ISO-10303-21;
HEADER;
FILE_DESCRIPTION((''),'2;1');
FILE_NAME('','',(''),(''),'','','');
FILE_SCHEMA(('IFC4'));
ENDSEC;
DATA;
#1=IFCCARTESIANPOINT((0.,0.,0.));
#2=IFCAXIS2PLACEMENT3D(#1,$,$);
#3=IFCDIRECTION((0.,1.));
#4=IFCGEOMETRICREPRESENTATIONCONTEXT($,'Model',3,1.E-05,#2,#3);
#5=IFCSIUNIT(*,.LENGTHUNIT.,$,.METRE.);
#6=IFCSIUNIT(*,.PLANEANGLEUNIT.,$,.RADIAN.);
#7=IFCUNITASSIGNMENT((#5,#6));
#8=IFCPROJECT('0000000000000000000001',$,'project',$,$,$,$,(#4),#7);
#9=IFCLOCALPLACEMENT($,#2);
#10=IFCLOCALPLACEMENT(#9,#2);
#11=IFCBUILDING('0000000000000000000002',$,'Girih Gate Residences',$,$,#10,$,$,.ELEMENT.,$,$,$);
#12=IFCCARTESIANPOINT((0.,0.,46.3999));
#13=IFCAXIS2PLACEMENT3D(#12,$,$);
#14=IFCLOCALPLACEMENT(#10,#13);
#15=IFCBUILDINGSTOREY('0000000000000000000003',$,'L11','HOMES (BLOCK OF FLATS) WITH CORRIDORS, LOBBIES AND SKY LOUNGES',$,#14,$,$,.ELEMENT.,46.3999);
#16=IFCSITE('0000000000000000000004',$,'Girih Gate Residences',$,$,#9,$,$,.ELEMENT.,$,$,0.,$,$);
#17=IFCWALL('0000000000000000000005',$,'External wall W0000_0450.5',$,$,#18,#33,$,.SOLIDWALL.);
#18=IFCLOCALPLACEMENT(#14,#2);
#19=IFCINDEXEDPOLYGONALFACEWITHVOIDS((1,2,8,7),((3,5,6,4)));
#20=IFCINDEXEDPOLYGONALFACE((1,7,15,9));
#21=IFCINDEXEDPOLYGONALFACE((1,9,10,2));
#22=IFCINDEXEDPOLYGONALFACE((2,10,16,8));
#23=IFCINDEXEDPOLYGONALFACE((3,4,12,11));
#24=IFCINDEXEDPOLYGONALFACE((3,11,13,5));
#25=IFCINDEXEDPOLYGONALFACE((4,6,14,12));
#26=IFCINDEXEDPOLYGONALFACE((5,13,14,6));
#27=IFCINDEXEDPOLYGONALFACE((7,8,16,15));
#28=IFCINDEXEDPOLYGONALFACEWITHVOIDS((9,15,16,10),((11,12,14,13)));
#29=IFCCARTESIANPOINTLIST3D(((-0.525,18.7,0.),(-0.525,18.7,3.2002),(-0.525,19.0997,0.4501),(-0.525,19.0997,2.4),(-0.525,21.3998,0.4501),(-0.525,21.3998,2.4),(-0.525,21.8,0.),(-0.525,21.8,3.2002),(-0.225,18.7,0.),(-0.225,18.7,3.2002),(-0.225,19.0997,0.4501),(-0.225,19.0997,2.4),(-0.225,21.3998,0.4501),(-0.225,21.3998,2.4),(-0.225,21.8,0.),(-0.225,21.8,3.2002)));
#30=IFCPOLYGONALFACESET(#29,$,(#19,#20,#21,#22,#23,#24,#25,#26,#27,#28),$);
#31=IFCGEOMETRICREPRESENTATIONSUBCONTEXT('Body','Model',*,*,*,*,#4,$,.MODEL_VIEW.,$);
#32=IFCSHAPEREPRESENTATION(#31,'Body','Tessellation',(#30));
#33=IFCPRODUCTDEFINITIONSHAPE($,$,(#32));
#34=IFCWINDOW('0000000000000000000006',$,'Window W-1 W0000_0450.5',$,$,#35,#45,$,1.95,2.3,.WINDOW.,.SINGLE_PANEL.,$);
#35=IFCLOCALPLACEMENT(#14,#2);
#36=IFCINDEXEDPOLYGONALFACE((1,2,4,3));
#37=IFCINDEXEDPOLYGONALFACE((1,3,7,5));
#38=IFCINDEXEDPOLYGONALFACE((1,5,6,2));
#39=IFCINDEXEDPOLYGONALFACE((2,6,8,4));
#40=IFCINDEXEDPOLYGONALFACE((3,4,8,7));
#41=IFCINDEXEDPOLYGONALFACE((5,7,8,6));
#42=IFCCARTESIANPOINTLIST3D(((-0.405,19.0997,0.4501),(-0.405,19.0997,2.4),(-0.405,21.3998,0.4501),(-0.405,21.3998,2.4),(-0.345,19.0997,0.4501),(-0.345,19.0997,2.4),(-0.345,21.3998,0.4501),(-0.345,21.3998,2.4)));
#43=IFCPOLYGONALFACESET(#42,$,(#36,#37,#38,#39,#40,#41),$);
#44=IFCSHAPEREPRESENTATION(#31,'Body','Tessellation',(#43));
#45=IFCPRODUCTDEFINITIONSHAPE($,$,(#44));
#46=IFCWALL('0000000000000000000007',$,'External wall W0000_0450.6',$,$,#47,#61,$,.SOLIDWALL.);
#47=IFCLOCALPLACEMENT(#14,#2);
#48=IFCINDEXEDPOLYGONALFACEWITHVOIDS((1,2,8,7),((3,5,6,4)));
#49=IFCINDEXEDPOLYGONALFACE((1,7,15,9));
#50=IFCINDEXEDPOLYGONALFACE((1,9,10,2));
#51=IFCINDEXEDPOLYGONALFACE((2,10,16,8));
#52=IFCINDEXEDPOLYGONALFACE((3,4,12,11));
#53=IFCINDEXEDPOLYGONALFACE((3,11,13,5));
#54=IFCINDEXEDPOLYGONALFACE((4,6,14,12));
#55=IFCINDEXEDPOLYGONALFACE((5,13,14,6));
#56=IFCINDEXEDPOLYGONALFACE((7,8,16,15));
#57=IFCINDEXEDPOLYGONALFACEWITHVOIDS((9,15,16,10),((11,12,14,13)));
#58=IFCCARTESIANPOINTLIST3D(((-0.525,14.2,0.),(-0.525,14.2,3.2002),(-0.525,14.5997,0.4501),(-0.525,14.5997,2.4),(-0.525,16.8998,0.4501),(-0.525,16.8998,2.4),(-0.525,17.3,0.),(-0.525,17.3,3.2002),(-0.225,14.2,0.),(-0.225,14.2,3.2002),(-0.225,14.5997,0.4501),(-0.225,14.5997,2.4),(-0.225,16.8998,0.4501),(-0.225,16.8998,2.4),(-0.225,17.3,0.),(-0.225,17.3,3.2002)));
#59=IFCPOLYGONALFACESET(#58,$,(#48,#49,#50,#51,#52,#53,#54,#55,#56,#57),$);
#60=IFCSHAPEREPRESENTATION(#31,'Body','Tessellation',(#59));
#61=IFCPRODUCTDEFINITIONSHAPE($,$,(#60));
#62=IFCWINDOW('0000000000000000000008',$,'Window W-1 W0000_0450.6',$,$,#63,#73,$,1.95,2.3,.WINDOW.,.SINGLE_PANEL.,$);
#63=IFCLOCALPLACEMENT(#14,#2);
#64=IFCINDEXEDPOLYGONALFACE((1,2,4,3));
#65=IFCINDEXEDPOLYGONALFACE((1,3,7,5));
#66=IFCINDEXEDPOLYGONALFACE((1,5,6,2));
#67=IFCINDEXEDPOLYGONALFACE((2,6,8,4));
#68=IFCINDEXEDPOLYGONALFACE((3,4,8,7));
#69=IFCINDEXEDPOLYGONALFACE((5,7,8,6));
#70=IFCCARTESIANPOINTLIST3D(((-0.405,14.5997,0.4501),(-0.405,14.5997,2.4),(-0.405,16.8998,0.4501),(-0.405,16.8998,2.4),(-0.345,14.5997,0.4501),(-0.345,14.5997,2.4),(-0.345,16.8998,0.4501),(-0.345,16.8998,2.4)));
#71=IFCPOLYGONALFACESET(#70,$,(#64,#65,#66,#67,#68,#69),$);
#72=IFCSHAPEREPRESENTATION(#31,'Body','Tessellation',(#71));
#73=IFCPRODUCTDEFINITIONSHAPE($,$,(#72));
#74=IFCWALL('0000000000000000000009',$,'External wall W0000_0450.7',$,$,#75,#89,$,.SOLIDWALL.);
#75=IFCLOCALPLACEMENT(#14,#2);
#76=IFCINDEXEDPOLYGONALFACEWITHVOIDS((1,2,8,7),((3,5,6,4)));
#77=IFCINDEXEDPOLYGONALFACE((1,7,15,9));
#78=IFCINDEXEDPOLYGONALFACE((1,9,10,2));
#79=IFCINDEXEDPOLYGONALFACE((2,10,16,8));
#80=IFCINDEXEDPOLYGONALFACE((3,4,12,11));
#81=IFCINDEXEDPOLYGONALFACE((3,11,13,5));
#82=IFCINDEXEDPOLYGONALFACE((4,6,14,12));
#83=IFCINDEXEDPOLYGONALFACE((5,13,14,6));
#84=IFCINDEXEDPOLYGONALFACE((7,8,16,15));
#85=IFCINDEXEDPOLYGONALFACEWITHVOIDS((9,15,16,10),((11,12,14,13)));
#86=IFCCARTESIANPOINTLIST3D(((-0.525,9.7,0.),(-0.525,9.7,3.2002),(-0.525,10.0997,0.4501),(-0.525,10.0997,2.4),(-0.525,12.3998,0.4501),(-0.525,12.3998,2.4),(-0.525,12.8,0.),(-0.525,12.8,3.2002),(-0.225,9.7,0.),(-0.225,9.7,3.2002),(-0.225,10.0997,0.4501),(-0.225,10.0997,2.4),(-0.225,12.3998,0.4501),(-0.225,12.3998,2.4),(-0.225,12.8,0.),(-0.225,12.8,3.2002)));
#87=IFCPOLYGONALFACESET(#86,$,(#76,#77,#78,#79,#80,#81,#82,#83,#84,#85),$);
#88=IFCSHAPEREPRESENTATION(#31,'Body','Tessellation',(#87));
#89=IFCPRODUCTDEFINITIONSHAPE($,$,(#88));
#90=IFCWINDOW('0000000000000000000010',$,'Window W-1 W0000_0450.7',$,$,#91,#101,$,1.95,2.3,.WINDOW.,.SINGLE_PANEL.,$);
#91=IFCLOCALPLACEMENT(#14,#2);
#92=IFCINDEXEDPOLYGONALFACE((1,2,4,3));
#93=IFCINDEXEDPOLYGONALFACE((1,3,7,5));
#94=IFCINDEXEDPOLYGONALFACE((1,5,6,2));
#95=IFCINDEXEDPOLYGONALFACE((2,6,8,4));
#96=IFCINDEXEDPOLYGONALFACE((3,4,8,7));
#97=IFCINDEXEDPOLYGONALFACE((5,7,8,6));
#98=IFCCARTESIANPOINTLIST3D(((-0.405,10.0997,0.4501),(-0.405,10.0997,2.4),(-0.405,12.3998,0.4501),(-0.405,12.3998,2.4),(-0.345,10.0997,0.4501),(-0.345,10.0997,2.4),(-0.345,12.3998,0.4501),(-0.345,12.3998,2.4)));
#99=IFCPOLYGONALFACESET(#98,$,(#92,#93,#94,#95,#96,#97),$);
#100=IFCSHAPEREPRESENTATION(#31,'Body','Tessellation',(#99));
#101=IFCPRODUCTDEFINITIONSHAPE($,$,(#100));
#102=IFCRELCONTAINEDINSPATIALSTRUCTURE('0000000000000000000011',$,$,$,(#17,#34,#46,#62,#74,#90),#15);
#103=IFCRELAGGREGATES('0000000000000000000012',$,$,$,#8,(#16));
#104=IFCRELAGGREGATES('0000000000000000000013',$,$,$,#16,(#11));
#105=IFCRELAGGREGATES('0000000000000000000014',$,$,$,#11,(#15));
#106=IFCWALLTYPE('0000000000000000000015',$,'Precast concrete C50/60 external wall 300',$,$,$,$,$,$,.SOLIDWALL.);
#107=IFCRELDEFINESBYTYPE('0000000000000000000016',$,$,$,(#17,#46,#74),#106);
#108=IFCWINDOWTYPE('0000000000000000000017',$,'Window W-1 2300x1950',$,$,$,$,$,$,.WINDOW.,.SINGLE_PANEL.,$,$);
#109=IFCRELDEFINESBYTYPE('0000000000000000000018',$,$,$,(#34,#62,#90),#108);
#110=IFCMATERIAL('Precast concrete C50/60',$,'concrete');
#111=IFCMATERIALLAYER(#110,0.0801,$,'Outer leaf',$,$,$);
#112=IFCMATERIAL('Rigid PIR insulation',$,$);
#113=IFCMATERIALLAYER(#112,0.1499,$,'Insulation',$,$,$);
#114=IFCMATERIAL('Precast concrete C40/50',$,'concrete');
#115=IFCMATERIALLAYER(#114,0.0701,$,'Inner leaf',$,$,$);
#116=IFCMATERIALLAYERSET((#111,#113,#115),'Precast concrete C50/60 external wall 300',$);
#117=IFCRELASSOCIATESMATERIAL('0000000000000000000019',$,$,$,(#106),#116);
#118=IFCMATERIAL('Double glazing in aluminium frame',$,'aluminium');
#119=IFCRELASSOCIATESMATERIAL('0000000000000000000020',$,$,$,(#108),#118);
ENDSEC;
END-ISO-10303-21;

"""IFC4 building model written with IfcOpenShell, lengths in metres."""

from ifc_helpers import new_model, si_unit, direction, frame, frame_2d, origin, place, context, subcontext, project, spatial, rectangle, extrude, material, layer, layer_set, type_object, element, fill, save


model = new_model("IFC4")

# Units and contexts
model_context = context("Model", 3, precision=1e-05, world=origin(), true_north=direction((0.0, 1.0)))
body_context = subcontext(model_context, "Body", "Model", "MODEL_VIEW")
ifc_project = project(units=[si_unit("LENGTHUNIT", "METRE"), si_unit("PLANEANGLEUNIT", "RADIAN")], contexts=[model_context])

# Site, building, storey
site_placement = place(None, origin())
site = spatial("IfcSite", under=ifc_project, at=site_placement, Name="Girih Gate Residences", CompositionType="ELEMENT", RefElevation=0.0)
building_placement = place(site_placement, origin())
building = spatial("IfcBuilding", under=site, at=building_placement, Name="Girih Gate Residences", CompositionType="ELEMENT")
storey_placement = place(building_placement, frame((0.0, 0.0, 46.3999)))
storey = spatial("IfcBuildingStorey", under=building, at=storey_placement, Name="L11", Description="HOMES (BLOCK OF FLATS) WITH CORRIDORS, LOBBIES AND SKY LOUNGES", CompositionType="ELEMENT", Elevation=46.3999)

# Walls, openings, windows
ifc_material_1 = material(Name="Precast concrete C50/60", Category="concrete")
ifc_layer_1 = layer(ifc_material_1, 0.0801, Name="Outer leaf")
ifc_material_2 = material(Name="Rigid PIR insulation")
ifc_layer_2 = layer(ifc_material_2, 0.1499, Name="Insulation")
ifc_material_3 = material(Name="Precast concrete C40/50", Category="concrete")
ifc_layer_3 = layer(ifc_material_3, 0.0701, Name="Inner leaf")
ifc_layer_set_1 = layer_set([ifc_layer_1, ifc_layer_2, ifc_layer_3], Name="Precast concrete C50/60 external wall 300")
wall_type_1 = type_object("IfcWallType", Name="Precast concrete C50/60 external wall 300", PredefinedType="SOLIDWALL", material=ifc_layer_set_1)
wall_1_placement = place(storey_placement, frame((-0.375, 18.7, 0.0), z_axis=(0.0, 0.0, 1.0), x_axis=(0.0, 1.0, 0.0)))
wall_1 = element("IfcWall", 1, at=wall_1_placement, inside=storey, type_object=wall_type_1, Name="External wall W0000_0450.5", PredefinedType="SOLIDWALL", context=body_context, shape_type="SweptSolid", body=[
    extrude(rectangle(XDim=3.1001, YDim=0.3, at=frame_2d((1.55, 0.0))), origin(), (0.0, 0.0, 1.0), 3.2002),
])
opening_1_placement = place(wall_1_placement, frame((0.3999, 0.0, 0.45)))
opening_1 = element("IfcOpeningElement", 2, at=opening_1_placement, cuts=wall_1, PredefinedType="OPENING", context=body_context, shape_type="SweptSolid", body=[
    extrude(rectangle(XDim=2.3, YDim=1.95, at=frame_2d((1.1499, 0.9751))), frame((0.0, 0.1599, 0.0), z_axis=(0.0, -1.0, 0.0), x_axis=(1.0, 0.0, 0.0)), (0.0, 0.0, 1.0), 0.3201),
])
ifc_material_4 = material(Name="Double glazing in aluminium frame", Category="aluminium")
window_type = type_object("IfcWindowType", Name="Window W-1 2300x1950", PartitioningType="SINGLE_PANEL", PredefinedType="WINDOW", material=ifc_material_4)
window_1_placement = place(opening_1_placement, origin())
window_1 = element("IfcWindow", 3, at=window_1_placement, inside=storey, type_object=window_type, Name="Window W-1 W0000_0450.5", OverallHeight=1.95, OverallWidth=2.3, PartitioningType="SINGLE_PANEL", PredefinedType="WINDOW", context=body_context, shape_type="SweptSolid", body=[
    extrude(rectangle(XDim=2.3, YDim=1.95, at=frame_2d((1.1499, 0.9751))), frame((0.0, 0.03, 0.0), z_axis=(0.0, -1.0, 0.0), x_axis=(1.0, 0.0, 0.0)), (0.0, 0.0, 1.0), 0.0601),
])
fill(opening_1, window_1)
wall_2_placement = place(storey_placement, frame((-0.375, 14.2, 0.0), z_axis=(0.0, 0.0, 1.0), x_axis=(0.0, 1.0, 0.0)))
wall_2 = element("IfcWall", 4, at=wall_2_placement, inside=storey, type_object=wall_type_1, Name="External wall W0000_0450.6", PredefinedType="SOLIDWALL", context=body_context, shape_type="SweptSolid", body=[
    extrude(rectangle(XDim=3.1001, YDim=0.3, at=frame_2d((1.55, 0.0))), origin(), (0.0, 0.0, 1.0), 3.2002),
])
opening_2_placement = place(wall_2_placement, frame((0.3999, 0.0, 0.45)))
opening_2 = element("IfcOpeningElement", 5, at=opening_2_placement, cuts=wall_2, PredefinedType="OPENING", context=body_context, shape_type="SweptSolid", body=[
    extrude(rectangle(XDim=2.3, YDim=1.95, at=frame_2d((1.1499, 0.9751))), frame((0.0, 0.1599, 0.0), z_axis=(0.0, -1.0, 0.0), x_axis=(1.0, 0.0, 0.0)), (0.0, 0.0, 1.0), 0.3201),
])
window_2_placement = place(opening_2_placement, origin())
window_2 = element("IfcWindow", 6, at=window_2_placement, inside=storey, type_object=window_type, Name="Window W-1 W0000_0450.6", OverallHeight=1.95, OverallWidth=2.3, PartitioningType="SINGLE_PANEL", PredefinedType="WINDOW", context=body_context, shape_type="SweptSolid", body=[
    extrude(rectangle(XDim=2.3, YDim=1.95, at=frame_2d((1.1499, 0.9751))), frame((0.0, 0.03, 0.0), z_axis=(0.0, -1.0, 0.0), x_axis=(1.0, 0.0, 0.0)), (0.0, 0.0, 1.0), 0.0601),
])
fill(opening_2, window_2)
wall_3_placement = place(storey_placement, frame((-0.375, 9.7, 0.0), z_axis=(0.0, 0.0, 1.0), x_axis=(0.0, 1.0, 0.0)))
wall_3 = element("IfcWall", 7, at=wall_3_placement, inside=storey, type_object=wall_type_1, Name="External wall W0000_0450.7", PredefinedType="SOLIDWALL", context=body_context, shape_type="SweptSolid", body=[
    extrude(rectangle(XDim=3.1001, YDim=0.3, at=frame_2d((1.55, 0.0))), origin(), (0.0, 0.0, 1.0), 3.2002),
])
opening_3_placement = place(wall_3_placement, frame((0.3999, 0.0, 0.45)))
opening_3 = element("IfcOpeningElement", 8, at=opening_3_placement, cuts=wall_3, PredefinedType="OPENING", context=body_context, shape_type="SweptSolid", body=[
    extrude(rectangle(XDim=2.3, YDim=1.95, at=frame_2d((1.1499, 0.9751))), frame((0.0, 0.1599, 0.0), z_axis=(0.0, -1.0, 0.0), x_axis=(1.0, 0.0, 0.0)), (0.0, 0.0, 1.0), 0.3201),
])
window_3_placement = place(opening_3_placement, origin())
window_3 = element("IfcWindow", 9, at=window_3_placement, inside=storey, type_object=window_type, Name="Window W-1 W0000_0450.7", OverallHeight=1.95, OverallWidth=2.3, PartitioningType="SINGLE_PANEL", PredefinedType="WINDOW", context=body_context, shape_type="SweptSolid", body=[
    extrude(rectangle(XDim=2.3, YDim=1.95, at=frame_2d((1.1499, 0.9751))), frame((0.0, 0.03, 0.0), z_axis=(0.0, -1.0, 0.0), x_axis=(1.0, 0.0, 0.0)), (0.0, 0.0, 1.0), 0.0601),
])
fill(opening_3, window_3)

save(model, "model.ifc")
